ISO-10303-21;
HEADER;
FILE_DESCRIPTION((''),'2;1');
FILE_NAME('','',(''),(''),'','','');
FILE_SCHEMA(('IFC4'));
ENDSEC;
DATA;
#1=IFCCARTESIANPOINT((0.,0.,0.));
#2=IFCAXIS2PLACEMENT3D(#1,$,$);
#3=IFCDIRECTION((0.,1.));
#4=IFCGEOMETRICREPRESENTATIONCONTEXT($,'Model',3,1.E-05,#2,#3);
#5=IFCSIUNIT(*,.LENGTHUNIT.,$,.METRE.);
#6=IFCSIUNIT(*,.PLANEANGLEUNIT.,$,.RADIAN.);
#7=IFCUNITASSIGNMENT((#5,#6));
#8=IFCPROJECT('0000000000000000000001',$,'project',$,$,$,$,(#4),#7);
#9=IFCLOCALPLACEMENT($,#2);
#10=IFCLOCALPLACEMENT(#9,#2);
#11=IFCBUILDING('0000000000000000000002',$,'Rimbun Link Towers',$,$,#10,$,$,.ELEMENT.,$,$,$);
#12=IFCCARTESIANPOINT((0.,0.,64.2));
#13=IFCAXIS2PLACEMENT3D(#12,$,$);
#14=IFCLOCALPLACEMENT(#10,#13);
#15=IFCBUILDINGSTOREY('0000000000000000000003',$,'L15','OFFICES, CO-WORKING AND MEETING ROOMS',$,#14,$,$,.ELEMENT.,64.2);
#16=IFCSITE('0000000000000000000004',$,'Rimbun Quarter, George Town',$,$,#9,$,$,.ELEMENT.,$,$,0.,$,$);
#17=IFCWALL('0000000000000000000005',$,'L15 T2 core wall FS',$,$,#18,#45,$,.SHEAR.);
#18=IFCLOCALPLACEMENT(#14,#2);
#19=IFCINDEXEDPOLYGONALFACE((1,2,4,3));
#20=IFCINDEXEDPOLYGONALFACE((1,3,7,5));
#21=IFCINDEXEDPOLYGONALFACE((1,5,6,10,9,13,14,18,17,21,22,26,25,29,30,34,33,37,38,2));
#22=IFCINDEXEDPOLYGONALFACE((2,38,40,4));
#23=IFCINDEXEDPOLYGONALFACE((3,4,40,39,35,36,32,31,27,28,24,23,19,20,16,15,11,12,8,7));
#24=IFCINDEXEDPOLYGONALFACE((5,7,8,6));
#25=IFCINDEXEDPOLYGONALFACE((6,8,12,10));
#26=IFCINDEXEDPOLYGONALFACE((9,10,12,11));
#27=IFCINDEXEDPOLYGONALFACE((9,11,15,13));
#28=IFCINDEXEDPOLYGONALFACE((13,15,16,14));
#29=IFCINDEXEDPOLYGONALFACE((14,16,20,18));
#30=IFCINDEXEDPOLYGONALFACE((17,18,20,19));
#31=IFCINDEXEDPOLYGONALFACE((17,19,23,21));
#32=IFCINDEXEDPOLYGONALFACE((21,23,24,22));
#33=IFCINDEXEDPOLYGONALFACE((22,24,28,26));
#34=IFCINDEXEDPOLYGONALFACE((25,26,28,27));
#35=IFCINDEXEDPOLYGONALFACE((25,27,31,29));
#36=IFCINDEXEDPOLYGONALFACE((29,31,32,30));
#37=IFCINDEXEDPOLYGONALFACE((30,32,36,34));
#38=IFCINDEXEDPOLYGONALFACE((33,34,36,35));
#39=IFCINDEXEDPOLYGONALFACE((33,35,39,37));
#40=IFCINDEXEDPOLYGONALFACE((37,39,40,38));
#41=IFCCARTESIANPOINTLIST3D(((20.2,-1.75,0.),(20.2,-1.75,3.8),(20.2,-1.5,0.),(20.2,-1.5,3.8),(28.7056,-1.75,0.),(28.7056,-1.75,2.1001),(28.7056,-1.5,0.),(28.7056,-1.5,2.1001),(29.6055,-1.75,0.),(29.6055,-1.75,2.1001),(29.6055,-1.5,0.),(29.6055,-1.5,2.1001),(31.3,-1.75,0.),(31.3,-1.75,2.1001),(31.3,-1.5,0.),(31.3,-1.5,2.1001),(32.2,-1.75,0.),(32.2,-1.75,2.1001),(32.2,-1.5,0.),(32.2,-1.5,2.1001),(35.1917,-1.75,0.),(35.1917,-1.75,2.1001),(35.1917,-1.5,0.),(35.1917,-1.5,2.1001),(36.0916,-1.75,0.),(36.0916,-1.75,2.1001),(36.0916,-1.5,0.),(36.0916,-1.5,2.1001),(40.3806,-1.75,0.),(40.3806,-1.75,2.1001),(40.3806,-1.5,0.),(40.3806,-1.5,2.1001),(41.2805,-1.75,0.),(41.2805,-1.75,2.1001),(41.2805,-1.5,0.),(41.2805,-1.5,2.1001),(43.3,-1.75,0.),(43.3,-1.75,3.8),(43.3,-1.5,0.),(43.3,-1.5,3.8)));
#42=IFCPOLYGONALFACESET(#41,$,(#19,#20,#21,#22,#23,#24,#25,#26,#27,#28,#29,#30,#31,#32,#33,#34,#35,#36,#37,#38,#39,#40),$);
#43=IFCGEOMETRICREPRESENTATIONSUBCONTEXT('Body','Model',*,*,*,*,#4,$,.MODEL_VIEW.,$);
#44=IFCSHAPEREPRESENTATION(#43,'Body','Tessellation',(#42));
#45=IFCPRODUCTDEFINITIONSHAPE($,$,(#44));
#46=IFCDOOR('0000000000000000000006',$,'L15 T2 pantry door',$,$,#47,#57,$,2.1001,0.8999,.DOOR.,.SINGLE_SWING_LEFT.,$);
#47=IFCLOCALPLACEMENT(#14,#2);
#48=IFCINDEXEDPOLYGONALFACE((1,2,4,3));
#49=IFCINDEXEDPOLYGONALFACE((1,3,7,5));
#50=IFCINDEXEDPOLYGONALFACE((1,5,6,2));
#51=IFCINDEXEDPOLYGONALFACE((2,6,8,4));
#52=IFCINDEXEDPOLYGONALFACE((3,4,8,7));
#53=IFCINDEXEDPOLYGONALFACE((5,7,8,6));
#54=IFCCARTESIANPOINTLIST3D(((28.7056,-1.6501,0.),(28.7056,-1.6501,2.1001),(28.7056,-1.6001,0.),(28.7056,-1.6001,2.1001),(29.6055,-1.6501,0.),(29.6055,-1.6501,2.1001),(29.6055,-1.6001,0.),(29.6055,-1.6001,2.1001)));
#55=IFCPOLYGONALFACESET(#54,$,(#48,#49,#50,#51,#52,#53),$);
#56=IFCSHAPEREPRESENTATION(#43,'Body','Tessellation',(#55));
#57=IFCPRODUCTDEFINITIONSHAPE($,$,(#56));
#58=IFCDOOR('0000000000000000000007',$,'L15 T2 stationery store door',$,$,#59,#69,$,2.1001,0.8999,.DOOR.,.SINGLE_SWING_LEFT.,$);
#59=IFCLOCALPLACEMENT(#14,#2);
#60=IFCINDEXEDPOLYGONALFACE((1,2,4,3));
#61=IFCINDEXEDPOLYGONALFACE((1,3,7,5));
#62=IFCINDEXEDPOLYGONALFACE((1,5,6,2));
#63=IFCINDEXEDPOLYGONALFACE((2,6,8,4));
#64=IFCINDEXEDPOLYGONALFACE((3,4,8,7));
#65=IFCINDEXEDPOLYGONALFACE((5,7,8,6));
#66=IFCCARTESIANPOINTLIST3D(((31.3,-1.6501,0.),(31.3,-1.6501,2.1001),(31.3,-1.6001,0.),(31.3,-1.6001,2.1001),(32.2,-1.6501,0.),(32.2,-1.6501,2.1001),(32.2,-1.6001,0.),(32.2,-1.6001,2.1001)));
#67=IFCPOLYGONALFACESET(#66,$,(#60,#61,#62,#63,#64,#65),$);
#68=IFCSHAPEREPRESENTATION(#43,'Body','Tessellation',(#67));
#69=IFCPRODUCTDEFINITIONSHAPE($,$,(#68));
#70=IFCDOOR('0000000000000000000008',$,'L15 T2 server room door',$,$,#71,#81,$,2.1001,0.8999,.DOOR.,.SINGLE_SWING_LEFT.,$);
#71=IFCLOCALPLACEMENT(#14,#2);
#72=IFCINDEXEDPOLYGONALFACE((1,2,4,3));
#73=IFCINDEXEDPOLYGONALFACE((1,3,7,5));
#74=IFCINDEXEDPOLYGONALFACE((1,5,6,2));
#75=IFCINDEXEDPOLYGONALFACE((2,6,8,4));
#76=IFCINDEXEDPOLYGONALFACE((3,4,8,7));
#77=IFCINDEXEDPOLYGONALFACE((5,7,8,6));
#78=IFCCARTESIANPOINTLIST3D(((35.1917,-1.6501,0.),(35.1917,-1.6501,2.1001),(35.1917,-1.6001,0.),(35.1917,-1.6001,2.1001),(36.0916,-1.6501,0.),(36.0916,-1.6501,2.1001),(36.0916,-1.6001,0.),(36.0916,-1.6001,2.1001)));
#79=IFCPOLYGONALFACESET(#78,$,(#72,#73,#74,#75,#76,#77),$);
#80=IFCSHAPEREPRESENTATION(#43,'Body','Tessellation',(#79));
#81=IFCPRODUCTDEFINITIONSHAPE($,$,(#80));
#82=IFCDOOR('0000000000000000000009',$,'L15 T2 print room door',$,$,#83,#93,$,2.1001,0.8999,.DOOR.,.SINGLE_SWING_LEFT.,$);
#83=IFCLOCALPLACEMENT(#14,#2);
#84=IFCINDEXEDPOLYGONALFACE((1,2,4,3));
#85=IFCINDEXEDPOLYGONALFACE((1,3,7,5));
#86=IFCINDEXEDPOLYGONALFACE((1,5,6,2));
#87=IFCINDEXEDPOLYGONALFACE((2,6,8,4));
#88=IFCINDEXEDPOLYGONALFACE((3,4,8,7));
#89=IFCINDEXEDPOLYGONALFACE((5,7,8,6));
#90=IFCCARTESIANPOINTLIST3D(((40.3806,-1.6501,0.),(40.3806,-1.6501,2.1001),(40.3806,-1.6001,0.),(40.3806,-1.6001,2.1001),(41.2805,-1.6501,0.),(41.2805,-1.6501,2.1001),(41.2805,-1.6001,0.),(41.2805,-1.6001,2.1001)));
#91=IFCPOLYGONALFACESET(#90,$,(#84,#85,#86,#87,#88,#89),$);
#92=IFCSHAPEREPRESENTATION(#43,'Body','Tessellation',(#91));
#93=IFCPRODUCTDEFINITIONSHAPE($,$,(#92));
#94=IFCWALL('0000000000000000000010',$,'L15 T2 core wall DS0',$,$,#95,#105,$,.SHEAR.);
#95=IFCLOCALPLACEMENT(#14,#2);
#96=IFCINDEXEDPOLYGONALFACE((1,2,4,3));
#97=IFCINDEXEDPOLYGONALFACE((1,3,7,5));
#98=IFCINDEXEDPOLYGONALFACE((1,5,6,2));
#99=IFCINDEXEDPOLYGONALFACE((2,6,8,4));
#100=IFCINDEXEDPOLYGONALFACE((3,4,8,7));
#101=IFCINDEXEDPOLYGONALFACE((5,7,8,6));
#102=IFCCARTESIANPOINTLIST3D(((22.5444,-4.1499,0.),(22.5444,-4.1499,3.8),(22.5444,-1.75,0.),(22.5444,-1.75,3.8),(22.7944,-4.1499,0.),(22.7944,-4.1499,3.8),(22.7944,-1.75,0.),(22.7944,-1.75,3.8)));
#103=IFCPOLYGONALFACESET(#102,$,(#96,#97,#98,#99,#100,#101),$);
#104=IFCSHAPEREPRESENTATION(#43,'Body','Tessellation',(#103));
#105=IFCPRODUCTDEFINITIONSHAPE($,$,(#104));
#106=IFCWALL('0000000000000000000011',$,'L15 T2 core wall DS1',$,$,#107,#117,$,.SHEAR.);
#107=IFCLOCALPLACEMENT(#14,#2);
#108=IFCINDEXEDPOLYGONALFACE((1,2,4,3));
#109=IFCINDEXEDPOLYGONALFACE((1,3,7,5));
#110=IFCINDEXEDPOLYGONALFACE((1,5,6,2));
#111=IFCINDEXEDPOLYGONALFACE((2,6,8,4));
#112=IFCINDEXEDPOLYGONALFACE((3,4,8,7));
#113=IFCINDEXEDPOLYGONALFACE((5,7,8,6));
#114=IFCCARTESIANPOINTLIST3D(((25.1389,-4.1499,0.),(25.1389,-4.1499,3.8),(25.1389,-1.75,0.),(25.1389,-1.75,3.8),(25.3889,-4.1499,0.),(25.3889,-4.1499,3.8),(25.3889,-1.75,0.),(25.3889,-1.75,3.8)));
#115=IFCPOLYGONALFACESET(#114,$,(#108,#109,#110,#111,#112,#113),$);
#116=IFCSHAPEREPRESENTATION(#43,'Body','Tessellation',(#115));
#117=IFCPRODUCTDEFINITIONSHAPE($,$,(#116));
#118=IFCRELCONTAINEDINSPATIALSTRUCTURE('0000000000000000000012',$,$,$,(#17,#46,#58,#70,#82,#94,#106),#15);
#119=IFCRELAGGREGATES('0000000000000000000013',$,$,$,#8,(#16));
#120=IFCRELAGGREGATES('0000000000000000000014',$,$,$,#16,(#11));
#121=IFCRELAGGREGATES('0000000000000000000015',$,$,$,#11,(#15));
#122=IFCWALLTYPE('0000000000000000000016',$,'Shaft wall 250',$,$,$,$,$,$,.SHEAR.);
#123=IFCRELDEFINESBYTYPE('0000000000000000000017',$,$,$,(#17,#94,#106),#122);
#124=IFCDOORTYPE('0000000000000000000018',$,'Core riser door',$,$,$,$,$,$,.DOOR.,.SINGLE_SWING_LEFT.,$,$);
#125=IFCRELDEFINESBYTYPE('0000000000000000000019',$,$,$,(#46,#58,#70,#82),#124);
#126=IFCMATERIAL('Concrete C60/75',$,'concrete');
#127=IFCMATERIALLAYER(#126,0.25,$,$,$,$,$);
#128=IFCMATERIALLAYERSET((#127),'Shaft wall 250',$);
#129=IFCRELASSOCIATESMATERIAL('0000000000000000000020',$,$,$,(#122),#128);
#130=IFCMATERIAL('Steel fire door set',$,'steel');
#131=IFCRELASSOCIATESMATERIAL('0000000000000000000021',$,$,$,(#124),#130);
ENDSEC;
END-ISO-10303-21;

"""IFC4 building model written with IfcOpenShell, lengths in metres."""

from ifc_helpers import new_model, si_unit, direction, frame, frame_2d, origin, place, context, subcontext, project, spatial, rectangle, extrude, material, layer, layer_set, type_object, element, fill, save


model = new_model("IFC4")

# Units and contexts
model_context = context("Model", 3, precision=1e-05, world=origin(), true_north=direction((0.0, 1.0)))
body_context = subcontext(model_context, "Body", "Model", "MODEL_VIEW")
ifc_project = project(units=[si_unit("LENGTHUNIT", "METRE"), si_unit("PLANEANGLEUNIT", "RADIAN")], contexts=[model_context])

# Site, building, storey
site_placement = place(None, origin())
site = spatial("IfcSite", under=ifc_project, at=site_placement, Name="Rimbun Quarter, George Town", CompositionType="ELEMENT", RefElevation=0.0)
building_placement = place(site_placement, origin())
building = spatial("IfcBuilding", under=site, at=building_placement, Name="Rimbun Link Towers", CompositionType="ELEMENT")
storey_placement = place(building_placement, frame((0.0, 0.0, 64.2)))
storey = spatial("IfcBuildingStorey", under=building, at=storey_placement, Name="L15", Description="OFFICES, CO-WORKING AND MEETING ROOMS", CompositionType="ELEMENT", Elevation=64.2)

# Shared definitions
ifc_material_1 = material(Name="Concrete C60/75", Category="concrete")
ifc_layer_1 = layer(ifc_material_1, 0.25)
ifc_layer_set_1 = layer_set([ifc_layer_1], Name="Shaft wall 250")
wall_type_1 = type_object("IfcWallType", Name="Shaft wall 250", PredefinedType="SHEAR", material=ifc_layer_set_1)

# Wall, openings, doors
wall_1_placement = place(storey_placement, frame((20.2, -1.625, 0.0), z_axis=(0.0, 0.0, 1.0), x_axis=(1.0, 0.0, 0.0)))
wall_1 = element("IfcWall", 1, at=wall_1_placement, inside=storey, type_object=wall_type_1, Name="L15 T2 core wall FS", PredefinedType="SHEAR", context=body_context, shape_type="SweptSolid", body=[
    extrude(rectangle(XDim=23.1001, YDim=0.25, at=frame_2d((11.55, 0.0))), origin(), (0.0, 0.0, 1.0), 3.8),
])
opening_1_placement = place(wall_1_placement, frame((8.5056, 0.0, 0.0)))
opening_1 = element("IfcOpeningElement", 2, at=opening_1_placement, cuts=wall_1, PredefinedType="OPENING", context=body_context, shape_type="SweptSolid", body=[
    extrude(rectangle(XDim=0.8999, YDim=2.1001, at=frame_2d((0.45, 1.05))), frame((0.0, 0.135, 0.0), z_axis=(0.0, -1.0, 0.0), x_axis=(1.0, 0.0, 0.0)), (0.0, 0.0, 1.0), 0.27),
])
opening_2_placement = place(wall_1_placement, frame((11.1001, 0.0, 0.0)))
opening_2 = element("IfcOpeningElement", 3, at=opening_2_placement, cuts=wall_1, PredefinedType="OPENING", context=body_context, shape_type="SweptSolid", body=[
    extrude(rectangle(XDim=0.8999, YDim=2.1001, at=frame_2d((0.45, 1.05))), frame((0.0, 0.135, 0.0), z_axis=(0.0, -1.0, 0.0), x_axis=(1.0, 0.0, 0.0)), (0.0, 0.0, 1.0), 0.27),
])
opening_3_placement = place(wall_1_placement, frame((14.9917, 0.0, 0.0)))
opening_3 = element("IfcOpeningElement", 4, at=opening_3_placement, cuts=wall_1, PredefinedType="OPENING", context=body_context, shape_type="SweptSolid", body=[
    extrude(rectangle(XDim=0.8999, YDim=2.1001, at=frame_2d((0.45, 1.05))), frame((0.0, 0.135, 0.0), z_axis=(0.0, -1.0, 0.0), x_axis=(1.0, 0.0, 0.0)), (0.0, 0.0, 1.0), 0.27),
])
opening_4_placement = place(wall_1_placement, frame((20.1807, 0.0, 0.0)))
opening_4 = element("IfcOpeningElement", 5, at=opening_4_placement, cuts=wall_1, PredefinedType="OPENING", context=body_context, shape_type="SweptSolid", body=[
    extrude(rectangle(XDim=0.8999, YDim=2.1001, at=frame_2d((0.45, 1.05))), frame((0.0, 0.135, 0.0), z_axis=(0.0, -1.0, 0.0), x_axis=(1.0, 0.0, 0.0)), (0.0, 0.0, 1.0), 0.27),
])
ifc_material_2 = material(Name="Steel fire door set", Category="steel")
door_type_1 = type_object("IfcDoorType", Name="Core riser door", OperationType="SINGLE_SWING_LEFT", PredefinedType="DOOR", material=ifc_material_2)
door_1_placement = place(opening_1_placement, origin())
door_1 = element("IfcDoor", 6, at=door_1_placement, inside=storey, type_object=door_type_1, Name="L15 T2 pantry door", OperationType="SINGLE_SWING_LEFT", OverallHeight=2.1001, OverallWidth=0.8999, PredefinedType="DOOR", context=body_context, shape_type="SweptSolid", body=[
    extrude(rectangle(XDim=0.8999, YDim=2.1001, at=frame_2d((0.45, 1.05))), frame((0.0, 0.0249, 0.0), z_axis=(0.0, -1.0, 0.0), x_axis=(1.0, 0.0, 0.0)), (0.0, 0.0, 1.0), 0.05),
])
fill(opening_1, door_1)
door_2_placement = place(opening_2_placement, origin())
door_2 = element("IfcDoor", 7, at=door_2_placement, inside=storey, type_object=door_type_1, Name="L15 T2 stationery store door", OperationType="SINGLE_SWING_LEFT", OverallHeight=2.1001, OverallWidth=0.8999, PredefinedType="DOOR", context=body_context, shape_type="SweptSolid", body=[
    extrude(rectangle(XDim=0.8999, YDim=2.1001, at=frame_2d((0.45, 1.05))), frame((0.0, 0.0249, 0.0), z_axis=(0.0, -1.0, 0.0), x_axis=(1.0, 0.0, 0.0)), (0.0, 0.0, 1.0), 0.05),
])
fill(opening_2, door_2)
door_3_placement = place(opening_3_placement, origin())
door_3 = element("IfcDoor", 8, at=door_3_placement, inside=storey, type_object=door_type_1, Name="L15 T2 server room door", OperationType="SINGLE_SWING_LEFT", OverallHeight=2.1001, OverallWidth=0.8999, PredefinedType="DOOR", context=body_context, shape_type="SweptSolid", body=[
    extrude(rectangle(XDim=0.8999, YDim=2.1001, at=frame_2d((0.45, 1.05))), frame((0.0, 0.0249, 0.0), z_axis=(0.0, -1.0, 0.0), x_axis=(1.0, 0.0, 0.0)), (0.0, 0.0, 1.0), 0.05),
])
fill(opening_3, door_3)
door_4_placement = place(opening_4_placement, origin())
door_4 = element("IfcDoor", 9, at=door_4_placement, inside=storey, type_object=door_type_1, Name="L15 T2 print room door", OperationType="SINGLE_SWING_LEFT", OverallHeight=2.1001, OverallWidth=0.8999, PredefinedType="DOOR", context=body_context, shape_type="SweptSolid", body=[
    extrude(rectangle(XDim=0.8999, YDim=2.1001, at=frame_2d((0.45, 1.05))), frame((0.0, 0.0249, 0.0), z_axis=(0.0, -1.0, 0.0), x_axis=(1.0, 0.0, 0.0)), (0.0, 0.0, 1.0), 0.05),
])
fill(opening_4, door_4)

# Walls
for number, where, z_axis, x_axis, name in (
    (10, (22.6694, -4.1499, 0.0), (0.0, 0.0, 1.0), (0.0, 1.0, 0.0), "L15 T2 core wall DS0"),
    (11, (25.2639, -4.1499, 0.0), (0.0, 0.0, 1.0), (0.0, 1.0, 0.0), "L15 T2 core wall DS1"),
):
    element("IfcWall", number, at=place(storey_placement, frame(where, z_axis=z_axis, x_axis=x_axis)), inside=storey, type_object=wall_type_1, Name=name, PredefinedType="SHEAR", context=body_context, shape_type="SweptSolid", body=[
        extrude(rectangle(XDim=2.3999, YDim=0.25, at=frame_2d((1.2, 0.0))), origin(), (0.0, 0.0, 1.0), 3.8),
    ])

save(model, "model.ifc")
